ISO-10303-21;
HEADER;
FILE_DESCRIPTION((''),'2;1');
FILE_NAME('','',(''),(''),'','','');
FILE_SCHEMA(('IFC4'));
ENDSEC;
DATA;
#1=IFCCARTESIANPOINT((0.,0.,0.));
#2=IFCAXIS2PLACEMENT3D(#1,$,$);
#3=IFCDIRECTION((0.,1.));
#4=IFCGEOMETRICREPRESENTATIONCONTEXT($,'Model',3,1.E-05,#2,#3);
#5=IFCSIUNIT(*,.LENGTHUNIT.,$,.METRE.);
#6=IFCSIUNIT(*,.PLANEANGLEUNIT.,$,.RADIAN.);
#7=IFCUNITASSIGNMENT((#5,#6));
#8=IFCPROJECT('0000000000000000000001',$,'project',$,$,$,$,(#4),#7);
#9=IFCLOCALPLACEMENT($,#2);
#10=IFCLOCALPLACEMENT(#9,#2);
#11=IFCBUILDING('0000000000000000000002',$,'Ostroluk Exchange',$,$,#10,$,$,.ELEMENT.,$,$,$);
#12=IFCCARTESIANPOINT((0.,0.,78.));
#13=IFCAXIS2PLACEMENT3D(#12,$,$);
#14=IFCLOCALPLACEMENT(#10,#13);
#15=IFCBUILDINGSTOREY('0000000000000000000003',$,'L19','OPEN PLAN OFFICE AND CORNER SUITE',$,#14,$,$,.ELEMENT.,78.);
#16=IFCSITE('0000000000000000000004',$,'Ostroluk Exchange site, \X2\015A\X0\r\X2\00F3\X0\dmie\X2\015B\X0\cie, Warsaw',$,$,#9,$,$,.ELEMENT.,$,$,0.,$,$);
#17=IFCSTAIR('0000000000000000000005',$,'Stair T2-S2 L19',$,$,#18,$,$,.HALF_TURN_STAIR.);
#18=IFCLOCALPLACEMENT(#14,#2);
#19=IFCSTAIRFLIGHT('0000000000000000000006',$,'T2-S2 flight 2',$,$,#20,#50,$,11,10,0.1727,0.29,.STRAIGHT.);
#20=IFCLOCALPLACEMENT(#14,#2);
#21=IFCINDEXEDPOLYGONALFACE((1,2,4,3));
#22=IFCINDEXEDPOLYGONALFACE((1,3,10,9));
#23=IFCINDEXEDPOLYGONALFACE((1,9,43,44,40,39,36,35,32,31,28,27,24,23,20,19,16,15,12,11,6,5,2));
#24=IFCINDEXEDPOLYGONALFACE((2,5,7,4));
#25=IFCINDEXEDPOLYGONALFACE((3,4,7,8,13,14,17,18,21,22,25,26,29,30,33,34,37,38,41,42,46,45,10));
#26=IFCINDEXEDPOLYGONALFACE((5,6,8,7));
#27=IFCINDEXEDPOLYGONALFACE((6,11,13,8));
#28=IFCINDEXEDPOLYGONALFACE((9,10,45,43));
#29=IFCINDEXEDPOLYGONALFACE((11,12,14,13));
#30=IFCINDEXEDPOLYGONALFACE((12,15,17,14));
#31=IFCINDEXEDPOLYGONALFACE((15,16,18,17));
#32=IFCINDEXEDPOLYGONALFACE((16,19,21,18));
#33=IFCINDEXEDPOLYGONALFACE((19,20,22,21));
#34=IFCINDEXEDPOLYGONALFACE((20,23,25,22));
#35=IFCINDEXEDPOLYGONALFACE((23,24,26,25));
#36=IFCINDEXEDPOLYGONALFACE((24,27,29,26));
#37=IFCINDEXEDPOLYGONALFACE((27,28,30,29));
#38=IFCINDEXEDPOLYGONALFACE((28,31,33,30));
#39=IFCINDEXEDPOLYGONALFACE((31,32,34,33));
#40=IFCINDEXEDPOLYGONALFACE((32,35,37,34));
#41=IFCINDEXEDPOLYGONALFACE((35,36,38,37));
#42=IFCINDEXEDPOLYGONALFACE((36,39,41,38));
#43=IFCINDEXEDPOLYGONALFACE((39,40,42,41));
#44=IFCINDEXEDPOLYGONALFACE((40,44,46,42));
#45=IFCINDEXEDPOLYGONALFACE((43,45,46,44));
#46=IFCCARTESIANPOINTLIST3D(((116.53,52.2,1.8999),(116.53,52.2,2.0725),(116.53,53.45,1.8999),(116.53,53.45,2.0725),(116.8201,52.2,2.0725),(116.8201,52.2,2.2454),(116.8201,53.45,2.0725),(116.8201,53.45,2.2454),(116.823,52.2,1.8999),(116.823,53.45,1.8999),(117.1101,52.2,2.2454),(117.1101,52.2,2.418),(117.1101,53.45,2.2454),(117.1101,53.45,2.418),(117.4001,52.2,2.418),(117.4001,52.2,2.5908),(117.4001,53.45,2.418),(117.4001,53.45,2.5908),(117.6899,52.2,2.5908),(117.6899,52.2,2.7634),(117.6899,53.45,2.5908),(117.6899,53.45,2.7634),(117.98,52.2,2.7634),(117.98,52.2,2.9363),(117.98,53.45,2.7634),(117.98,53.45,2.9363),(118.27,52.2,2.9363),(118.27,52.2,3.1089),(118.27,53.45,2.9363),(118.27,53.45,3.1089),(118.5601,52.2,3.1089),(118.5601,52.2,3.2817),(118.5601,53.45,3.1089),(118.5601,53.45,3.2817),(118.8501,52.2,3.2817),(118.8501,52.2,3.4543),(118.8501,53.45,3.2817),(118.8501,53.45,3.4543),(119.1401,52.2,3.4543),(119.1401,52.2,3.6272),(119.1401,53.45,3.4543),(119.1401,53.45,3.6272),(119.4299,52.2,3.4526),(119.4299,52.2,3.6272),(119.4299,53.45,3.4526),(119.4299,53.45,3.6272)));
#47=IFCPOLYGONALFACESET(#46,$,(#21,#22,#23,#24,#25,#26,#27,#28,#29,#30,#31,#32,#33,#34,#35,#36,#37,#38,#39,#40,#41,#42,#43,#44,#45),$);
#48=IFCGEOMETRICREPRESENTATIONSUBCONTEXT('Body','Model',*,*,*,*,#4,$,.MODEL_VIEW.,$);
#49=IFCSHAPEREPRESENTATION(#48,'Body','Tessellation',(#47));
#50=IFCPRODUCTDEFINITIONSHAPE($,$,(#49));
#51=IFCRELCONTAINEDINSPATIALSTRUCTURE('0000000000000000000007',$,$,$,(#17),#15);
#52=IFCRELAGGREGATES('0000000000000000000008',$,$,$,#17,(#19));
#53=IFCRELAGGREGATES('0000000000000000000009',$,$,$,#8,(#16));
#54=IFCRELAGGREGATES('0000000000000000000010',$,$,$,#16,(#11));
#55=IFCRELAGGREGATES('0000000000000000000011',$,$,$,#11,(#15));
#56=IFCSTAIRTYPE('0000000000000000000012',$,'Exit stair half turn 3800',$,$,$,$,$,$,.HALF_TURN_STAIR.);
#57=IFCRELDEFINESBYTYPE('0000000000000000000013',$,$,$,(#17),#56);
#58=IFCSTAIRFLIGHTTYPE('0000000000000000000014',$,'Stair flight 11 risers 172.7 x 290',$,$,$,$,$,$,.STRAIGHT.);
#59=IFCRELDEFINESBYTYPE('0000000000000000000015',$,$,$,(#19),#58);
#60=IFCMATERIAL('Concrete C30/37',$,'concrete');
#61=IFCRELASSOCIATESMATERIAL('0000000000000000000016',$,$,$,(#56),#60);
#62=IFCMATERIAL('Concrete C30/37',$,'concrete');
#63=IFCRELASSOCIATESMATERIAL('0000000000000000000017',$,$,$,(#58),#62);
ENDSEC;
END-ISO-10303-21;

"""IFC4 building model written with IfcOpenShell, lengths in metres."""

from ifc_helpers import new_model, si_unit, direction, frame, origin, place, context, subcontext, project, spatial, polyline, outline, extrude, material, type_object, element, aggregate, save


model = new_model("IFC4")

# Units and contexts
model_context = context("Model", 3, precision=1e-05, world=origin(), true_north=direction((0.0, 1.0)))
body_context = subcontext(model_context, "Body", "Model", "MODEL_VIEW")
ifc_project = project(units=[si_unit("LENGTHUNIT", "METRE"), si_unit("PLANEANGLEUNIT", "RADIAN")], contexts=[model_context])

# Site, building, storey
site_placement = place(None, origin())
site = spatial("IfcSite", under=ifc_project, at=site_placement, Name="Ostroluk Exchange site, Śródmieście, Warsaw", CompositionType="ELEMENT", RefElevation=0.0)
building_placement = place(site_placement, origin())
building = spatial("IfcBuilding", under=site, at=building_placement, Name="Ostroluk Exchange", CompositionType="ELEMENT")
storey_placement = place(building_placement, frame((0.0, 0.0, 78.0)))
storey = spatial("IfcBuildingStorey", under=building, at=storey_placement, Name="L19", Description="OPEN PLAN OFFICE AND CORNER SUITE", CompositionType="ELEMENT", Elevation=78.0)

# Stair, stair flight
ifc_material_1 = material(Name="Concrete C30/37", Category="concrete")
stair_type = type_object("IfcStairType", Name="Exit stair half turn 3800", PredefinedType="HALF_TURN_STAIR", material=ifc_material_1)
stair_placement = place(storey_placement, origin())
stair = element("IfcStair", 1, at=stair_placement, inside=storey, type_object=stair_type, Name="Stair T2-S2 L19", PredefinedType="HALF_TURN_STAIR")
ifc_material_2 = material(Name="Concrete C30/37", Category="concrete")
stair_flight_type = type_object("IfcStairFlightType", Name="Stair flight 11 risers 172.7 x 290", PredefinedType="STRAIGHT", material=ifc_material_2)
stair_flight_1_placement = place(storey_placement, frame((116.53, 52.825, 1.8999), z_axis=(0.0, 0.0, 1.0), x_axis=(1.0, 0.0, 0.0)))
stair_flight_1 = element("IfcStairFlight", 2, at=stair_flight_1_placement, type_object=stair_flight_type, Name="T2-S2 flight 2", NumberOfRisers=11, NumberOfTreads=10, PredefinedType="STRAIGHT", RiserHeight=0.1727, TreadLength=0.29, context=body_context, shape_type="SweptSolid", body=[
    extrude(outline(polyline([(0.0, 0.0), (0.0, 0.1726), (0.29, 0.1726), (0.29, 0.3455), (0.5801, 0.3455), (0.5801, 0.5181), (0.8701, 0.5181), (0.8701, 0.6909), (1.1599, 0.6909), (1.1599, 0.8635), (1.45, 0.8635), (1.45, 1.0364), (1.74, 1.0364), (1.74, 1.209), (2.03, 1.209), (2.03, 1.3818), (2.3201, 1.3818), (2.3201, 1.5544), (2.6101, 1.5544), (2.6101, 1.7273), (2.8999, 1.7273), (2.8999, 1.8999), (2.8999, 1.5527), (0.293, 0.0), (0.0, 0.0)])), frame((0.0, 0.625, 0.0), z_axis=(0.0, -1.0, 0.0), x_axis=(1.0, 0.0, 0.0)), (0.0, 0.0, 1.0), 1.25),
])
aggregate(stair, [stair_flight_1])

save(model, "model.ifc")
